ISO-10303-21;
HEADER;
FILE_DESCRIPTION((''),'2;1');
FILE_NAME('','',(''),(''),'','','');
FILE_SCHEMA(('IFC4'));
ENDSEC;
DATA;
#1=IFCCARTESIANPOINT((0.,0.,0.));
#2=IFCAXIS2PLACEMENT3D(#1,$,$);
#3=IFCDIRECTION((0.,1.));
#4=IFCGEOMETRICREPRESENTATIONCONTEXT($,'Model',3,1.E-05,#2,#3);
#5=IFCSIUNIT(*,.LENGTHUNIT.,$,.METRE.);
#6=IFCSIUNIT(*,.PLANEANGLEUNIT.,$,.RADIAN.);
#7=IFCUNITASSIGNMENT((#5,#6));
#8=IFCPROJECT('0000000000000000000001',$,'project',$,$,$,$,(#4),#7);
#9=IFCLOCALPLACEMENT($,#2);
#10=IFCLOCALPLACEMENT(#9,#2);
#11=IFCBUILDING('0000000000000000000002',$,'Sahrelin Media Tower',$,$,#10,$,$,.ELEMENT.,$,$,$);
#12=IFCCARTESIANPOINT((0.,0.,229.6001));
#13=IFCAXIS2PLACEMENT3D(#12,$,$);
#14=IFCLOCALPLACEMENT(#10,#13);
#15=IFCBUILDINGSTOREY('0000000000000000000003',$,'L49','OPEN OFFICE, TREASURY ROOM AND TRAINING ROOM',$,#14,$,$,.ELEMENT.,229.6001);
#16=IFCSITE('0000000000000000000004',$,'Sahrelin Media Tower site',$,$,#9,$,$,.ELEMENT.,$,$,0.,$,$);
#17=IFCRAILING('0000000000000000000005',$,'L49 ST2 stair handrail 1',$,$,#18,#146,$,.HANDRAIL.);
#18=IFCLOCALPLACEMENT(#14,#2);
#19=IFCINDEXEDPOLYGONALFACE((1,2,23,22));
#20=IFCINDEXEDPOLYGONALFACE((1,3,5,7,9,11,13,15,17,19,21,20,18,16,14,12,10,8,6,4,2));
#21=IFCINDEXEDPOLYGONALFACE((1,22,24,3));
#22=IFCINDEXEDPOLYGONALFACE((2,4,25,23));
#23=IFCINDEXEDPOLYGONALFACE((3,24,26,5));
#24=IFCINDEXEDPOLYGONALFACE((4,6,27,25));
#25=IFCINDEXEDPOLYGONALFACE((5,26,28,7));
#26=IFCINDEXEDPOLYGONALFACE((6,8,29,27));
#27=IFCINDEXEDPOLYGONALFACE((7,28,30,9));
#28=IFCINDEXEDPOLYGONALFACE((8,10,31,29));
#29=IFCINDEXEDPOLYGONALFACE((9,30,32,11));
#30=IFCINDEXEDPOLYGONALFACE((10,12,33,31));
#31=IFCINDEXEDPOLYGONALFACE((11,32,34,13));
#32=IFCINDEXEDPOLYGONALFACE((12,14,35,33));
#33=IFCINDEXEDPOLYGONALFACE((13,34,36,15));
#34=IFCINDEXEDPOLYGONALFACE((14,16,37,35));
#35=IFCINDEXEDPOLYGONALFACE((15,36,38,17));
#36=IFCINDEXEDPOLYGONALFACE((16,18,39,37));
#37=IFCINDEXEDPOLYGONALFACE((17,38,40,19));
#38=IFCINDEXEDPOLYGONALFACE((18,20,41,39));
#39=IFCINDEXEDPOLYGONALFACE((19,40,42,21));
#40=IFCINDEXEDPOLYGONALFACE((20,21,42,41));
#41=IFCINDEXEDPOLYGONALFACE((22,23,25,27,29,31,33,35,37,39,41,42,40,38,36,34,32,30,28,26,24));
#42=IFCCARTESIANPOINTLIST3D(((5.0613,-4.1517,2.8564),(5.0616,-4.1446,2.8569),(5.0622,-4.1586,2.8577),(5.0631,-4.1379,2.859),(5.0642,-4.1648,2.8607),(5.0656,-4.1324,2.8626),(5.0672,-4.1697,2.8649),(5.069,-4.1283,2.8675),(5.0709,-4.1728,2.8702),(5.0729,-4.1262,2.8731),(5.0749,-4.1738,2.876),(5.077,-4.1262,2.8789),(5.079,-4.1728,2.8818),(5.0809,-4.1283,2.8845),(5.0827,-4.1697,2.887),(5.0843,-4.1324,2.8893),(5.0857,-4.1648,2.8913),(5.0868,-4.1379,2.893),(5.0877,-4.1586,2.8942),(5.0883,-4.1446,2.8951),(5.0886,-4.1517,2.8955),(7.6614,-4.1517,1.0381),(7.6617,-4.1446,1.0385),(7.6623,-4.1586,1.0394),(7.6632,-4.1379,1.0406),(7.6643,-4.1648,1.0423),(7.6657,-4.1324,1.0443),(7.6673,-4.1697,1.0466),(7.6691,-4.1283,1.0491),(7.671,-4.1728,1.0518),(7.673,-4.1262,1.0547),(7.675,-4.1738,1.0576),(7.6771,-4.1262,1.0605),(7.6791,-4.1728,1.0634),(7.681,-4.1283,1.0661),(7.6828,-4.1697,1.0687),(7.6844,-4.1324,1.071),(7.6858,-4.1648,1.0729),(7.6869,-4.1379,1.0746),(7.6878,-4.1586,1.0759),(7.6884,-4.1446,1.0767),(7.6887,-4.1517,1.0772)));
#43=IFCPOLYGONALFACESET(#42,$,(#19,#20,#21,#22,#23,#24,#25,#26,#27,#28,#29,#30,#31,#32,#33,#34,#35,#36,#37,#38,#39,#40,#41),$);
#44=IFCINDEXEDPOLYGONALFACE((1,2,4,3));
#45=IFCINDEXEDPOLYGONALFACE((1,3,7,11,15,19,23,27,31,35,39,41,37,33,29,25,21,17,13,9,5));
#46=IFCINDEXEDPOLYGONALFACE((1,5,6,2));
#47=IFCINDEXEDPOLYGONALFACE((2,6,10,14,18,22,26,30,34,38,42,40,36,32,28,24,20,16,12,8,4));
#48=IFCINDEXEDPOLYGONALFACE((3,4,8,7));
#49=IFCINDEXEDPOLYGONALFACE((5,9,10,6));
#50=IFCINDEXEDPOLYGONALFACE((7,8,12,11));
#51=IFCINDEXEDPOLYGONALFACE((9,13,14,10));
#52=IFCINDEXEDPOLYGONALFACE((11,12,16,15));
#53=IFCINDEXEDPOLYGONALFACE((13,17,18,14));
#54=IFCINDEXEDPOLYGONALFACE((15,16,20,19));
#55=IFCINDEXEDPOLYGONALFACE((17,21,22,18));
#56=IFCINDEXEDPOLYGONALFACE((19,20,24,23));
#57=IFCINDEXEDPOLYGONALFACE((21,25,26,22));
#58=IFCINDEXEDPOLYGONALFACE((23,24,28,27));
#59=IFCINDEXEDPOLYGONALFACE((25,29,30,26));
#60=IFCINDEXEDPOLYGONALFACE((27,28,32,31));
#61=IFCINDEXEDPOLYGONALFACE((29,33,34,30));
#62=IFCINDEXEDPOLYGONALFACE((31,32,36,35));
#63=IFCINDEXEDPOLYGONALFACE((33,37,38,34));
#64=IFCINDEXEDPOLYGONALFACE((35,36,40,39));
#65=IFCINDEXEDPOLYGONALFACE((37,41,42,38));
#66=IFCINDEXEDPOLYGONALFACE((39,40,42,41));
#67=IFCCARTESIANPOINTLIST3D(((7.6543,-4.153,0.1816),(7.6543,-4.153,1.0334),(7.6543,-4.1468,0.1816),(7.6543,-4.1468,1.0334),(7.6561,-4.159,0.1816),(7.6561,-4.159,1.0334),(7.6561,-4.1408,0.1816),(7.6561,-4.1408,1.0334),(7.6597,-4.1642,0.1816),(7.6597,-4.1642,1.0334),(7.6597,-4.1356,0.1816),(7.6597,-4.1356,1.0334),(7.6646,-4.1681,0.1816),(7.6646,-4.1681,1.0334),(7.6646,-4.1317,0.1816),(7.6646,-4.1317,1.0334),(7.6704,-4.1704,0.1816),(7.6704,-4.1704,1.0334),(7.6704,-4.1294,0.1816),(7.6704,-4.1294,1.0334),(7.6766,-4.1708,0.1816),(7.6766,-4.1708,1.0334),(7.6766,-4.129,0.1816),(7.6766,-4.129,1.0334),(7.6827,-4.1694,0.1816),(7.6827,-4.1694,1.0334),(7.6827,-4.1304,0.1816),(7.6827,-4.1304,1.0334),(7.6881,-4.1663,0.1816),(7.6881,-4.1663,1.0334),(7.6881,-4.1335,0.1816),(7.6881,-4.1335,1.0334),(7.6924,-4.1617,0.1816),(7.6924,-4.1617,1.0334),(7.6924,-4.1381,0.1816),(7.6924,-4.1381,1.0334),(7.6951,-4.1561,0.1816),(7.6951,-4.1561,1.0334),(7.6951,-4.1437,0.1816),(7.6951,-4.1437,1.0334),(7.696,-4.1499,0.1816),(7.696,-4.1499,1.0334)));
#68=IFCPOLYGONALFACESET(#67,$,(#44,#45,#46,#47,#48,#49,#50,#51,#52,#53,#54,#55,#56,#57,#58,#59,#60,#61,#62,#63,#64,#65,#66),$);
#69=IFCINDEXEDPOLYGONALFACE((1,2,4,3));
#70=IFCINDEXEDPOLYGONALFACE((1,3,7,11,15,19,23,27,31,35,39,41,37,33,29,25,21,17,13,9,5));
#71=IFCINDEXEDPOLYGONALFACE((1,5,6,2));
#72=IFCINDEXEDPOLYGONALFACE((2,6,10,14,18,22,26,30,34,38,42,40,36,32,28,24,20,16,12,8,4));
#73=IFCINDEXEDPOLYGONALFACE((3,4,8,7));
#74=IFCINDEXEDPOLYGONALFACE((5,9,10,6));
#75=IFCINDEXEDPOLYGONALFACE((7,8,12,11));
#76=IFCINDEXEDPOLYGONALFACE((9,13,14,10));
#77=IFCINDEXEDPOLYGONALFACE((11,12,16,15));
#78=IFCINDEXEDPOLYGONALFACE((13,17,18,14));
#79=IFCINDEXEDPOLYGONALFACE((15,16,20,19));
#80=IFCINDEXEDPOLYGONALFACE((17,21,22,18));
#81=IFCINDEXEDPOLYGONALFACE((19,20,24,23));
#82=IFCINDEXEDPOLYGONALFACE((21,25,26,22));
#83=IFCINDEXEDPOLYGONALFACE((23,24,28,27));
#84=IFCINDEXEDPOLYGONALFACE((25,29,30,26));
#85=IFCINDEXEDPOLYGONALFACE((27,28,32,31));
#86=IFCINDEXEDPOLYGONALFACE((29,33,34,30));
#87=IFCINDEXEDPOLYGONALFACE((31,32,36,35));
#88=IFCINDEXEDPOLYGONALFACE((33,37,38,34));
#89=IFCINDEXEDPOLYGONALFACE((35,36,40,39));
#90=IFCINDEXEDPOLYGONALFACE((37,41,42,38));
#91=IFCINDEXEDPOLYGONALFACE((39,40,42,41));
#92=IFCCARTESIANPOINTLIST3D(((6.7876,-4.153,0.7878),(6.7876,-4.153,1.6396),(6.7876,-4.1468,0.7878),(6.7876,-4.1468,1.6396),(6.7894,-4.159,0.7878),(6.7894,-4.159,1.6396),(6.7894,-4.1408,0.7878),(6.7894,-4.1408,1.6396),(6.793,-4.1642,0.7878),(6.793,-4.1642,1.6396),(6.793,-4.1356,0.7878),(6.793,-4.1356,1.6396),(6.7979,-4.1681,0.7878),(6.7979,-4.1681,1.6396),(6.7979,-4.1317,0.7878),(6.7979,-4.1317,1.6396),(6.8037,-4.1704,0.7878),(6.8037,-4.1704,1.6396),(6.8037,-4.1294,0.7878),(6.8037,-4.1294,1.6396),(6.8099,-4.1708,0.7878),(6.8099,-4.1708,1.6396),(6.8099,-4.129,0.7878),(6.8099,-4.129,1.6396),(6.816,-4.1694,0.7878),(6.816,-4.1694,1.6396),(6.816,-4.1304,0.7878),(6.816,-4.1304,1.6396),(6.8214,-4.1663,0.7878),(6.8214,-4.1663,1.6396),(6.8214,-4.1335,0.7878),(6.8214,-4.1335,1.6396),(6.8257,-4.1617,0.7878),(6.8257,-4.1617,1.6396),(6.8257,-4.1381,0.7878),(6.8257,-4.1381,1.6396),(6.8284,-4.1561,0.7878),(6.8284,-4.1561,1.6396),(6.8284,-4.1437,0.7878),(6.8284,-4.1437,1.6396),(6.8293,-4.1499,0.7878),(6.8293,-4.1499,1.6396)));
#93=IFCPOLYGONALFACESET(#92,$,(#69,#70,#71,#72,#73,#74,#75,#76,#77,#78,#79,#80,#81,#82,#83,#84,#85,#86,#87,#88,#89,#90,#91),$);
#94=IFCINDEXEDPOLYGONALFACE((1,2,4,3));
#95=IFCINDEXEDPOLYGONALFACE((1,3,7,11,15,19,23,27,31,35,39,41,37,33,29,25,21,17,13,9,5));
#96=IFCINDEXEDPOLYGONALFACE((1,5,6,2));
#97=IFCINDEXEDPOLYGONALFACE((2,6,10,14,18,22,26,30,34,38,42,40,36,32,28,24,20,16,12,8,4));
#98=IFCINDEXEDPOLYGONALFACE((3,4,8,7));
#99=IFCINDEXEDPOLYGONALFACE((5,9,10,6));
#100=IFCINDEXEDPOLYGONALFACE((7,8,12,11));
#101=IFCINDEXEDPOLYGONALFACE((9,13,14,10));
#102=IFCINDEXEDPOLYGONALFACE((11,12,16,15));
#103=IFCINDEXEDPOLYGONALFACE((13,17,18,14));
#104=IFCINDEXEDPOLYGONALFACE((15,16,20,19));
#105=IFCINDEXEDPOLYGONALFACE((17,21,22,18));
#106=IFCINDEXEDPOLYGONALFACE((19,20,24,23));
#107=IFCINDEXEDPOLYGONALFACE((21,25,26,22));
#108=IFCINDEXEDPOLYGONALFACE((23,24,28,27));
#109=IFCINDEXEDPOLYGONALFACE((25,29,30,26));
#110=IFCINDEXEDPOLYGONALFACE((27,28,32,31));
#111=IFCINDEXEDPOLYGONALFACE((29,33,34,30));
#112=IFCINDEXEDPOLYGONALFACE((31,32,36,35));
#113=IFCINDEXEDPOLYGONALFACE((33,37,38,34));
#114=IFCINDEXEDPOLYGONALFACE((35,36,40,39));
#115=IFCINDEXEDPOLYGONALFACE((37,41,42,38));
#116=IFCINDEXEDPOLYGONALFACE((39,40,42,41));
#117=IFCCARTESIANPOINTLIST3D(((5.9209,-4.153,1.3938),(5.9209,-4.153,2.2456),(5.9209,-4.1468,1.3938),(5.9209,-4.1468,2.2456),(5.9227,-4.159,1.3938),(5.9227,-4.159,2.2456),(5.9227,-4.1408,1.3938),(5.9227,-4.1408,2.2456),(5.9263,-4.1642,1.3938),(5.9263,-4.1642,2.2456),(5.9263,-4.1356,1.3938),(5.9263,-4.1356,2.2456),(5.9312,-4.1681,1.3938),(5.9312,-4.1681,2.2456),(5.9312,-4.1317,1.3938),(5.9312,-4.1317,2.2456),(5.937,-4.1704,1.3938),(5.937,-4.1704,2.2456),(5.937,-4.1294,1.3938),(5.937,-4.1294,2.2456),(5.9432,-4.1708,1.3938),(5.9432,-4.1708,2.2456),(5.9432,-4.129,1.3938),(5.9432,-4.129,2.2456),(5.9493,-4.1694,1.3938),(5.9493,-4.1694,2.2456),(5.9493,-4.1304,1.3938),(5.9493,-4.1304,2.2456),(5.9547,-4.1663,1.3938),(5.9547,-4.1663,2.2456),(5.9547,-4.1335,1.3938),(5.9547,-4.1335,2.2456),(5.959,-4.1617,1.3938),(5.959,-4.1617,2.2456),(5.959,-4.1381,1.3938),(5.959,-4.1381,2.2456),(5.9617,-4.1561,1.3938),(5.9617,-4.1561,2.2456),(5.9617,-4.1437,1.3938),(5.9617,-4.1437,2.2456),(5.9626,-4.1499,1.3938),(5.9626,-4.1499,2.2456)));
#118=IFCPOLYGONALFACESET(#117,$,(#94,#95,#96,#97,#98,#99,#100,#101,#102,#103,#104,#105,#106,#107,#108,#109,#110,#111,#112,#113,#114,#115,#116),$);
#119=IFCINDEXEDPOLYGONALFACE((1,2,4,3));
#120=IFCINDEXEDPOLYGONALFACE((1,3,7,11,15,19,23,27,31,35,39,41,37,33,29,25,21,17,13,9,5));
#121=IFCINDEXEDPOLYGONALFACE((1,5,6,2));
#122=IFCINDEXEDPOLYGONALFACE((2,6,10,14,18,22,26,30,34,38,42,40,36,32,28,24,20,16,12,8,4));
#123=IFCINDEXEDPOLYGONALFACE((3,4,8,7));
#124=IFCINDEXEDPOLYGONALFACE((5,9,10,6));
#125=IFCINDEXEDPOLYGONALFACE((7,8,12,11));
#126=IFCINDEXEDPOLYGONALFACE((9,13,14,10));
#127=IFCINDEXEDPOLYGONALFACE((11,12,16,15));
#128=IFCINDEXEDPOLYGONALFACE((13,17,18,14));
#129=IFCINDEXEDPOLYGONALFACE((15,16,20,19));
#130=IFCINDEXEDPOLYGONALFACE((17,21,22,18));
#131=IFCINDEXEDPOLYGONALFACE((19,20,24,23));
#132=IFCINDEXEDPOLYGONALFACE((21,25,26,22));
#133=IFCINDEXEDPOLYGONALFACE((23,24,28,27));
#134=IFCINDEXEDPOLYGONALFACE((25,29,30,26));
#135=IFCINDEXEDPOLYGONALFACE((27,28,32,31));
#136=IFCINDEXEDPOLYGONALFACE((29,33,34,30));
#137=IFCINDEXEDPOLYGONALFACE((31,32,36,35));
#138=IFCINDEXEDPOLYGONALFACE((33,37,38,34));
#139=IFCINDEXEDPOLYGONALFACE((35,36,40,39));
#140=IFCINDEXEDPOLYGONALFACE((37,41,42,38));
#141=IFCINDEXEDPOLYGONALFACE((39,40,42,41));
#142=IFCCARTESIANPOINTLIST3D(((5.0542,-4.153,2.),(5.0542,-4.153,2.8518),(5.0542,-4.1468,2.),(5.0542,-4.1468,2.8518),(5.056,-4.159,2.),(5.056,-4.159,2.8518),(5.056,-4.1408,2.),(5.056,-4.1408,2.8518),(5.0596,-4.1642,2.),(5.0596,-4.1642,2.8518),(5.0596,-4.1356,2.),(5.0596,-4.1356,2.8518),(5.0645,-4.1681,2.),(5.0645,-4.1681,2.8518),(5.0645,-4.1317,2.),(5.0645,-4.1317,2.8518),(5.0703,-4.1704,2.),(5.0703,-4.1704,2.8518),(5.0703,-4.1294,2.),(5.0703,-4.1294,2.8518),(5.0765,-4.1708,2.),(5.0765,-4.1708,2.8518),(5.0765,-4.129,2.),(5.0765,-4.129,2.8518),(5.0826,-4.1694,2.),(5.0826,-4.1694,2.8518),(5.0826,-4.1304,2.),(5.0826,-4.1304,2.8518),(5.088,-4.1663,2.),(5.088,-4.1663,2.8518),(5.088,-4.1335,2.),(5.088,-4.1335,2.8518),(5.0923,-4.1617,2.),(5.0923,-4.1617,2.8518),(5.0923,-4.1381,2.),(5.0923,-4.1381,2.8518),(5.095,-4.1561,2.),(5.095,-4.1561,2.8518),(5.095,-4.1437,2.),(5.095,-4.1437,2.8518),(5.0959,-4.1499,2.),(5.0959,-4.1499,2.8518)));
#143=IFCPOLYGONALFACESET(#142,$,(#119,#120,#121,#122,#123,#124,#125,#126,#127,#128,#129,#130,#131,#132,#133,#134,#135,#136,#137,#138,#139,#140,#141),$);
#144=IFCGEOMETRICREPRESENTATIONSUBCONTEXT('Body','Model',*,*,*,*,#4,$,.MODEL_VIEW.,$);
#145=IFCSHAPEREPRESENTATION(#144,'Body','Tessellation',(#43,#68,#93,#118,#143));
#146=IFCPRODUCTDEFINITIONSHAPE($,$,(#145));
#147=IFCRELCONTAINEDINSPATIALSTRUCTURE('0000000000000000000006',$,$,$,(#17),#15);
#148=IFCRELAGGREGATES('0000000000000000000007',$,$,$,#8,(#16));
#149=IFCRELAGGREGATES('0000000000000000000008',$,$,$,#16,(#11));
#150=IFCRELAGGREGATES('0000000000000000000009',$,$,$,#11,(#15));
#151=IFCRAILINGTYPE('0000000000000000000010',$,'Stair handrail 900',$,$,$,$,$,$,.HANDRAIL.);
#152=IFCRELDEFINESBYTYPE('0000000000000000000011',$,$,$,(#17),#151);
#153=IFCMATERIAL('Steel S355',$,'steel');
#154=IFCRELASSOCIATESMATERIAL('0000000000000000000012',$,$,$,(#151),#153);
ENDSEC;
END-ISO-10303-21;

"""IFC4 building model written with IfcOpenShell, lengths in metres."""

from ifc_helpers import new_model, si_unit, direction, frame, origin, origin_2d, place, context, subcontext, project, spatial, circle, extrude, material, type_object, element, save


model = new_model("IFC4")

# Units and contexts
model_context = context("Model", 3, precision=1e-05, world=origin(), true_north=direction((0.0, 1.0)))
body_context = subcontext(model_context, "Body", "Model", "MODEL_VIEW")
ifc_project = project(units=[si_unit("LENGTHUNIT", "METRE"), si_unit("PLANEANGLEUNIT", "RADIAN")], contexts=[model_context])

# Site, building, storey
site_placement = place(None, origin())
site = spatial("IfcSite", under=ifc_project, at=site_placement, Name="Sahrelin Media Tower site", CompositionType="ELEMENT", RefElevation=0.0)
building_placement = place(site_placement, origin())
building = spatial("IfcBuilding", under=site, at=building_placement, Name="Sahrelin Media Tower", CompositionType="ELEMENT")
storey_placement = place(building_placement, frame((0.0, 0.0, 229.6001)))
storey = spatial("IfcBuildingStorey", under=building, at=storey_placement, Name="L49", Description="OPEN OFFICE, TREASURY ROOM AND TRAINING ROOM", CompositionType="ELEMENT", Elevation=229.6001)

# Shared definitions
ifc_material_1 = material(Name="Steel S355", Category="steel")

# Railing
railing_type_1 = type_object("IfcRailingType", Name="Stair handrail 900", PredefinedType="HANDRAIL", material=ifc_material_1)
railing_1_placement = place(storey_placement, frame((7.675, -4.1499, 0.1816)))
element("IfcRailing", 1, at=railing_1_placement, inside=storey, type_object=railing_type_1, Name="L49 ST2 stair handrail 1", PredefinedType="HANDRAIL", context=body_context, shape_type="SweptSolid", body=[
    extrude(circle(Radius=0.0239, at=origin_2d()), frame((0.0, 0.0, 0.876), z_axis=(-0.819485, 0.0, 0.573101), x_axis=(0.0, -1.0, 0.0)), (0.0, 0.0, 1.0), 3.1729),
    extrude(circle(Radius=0.021, at=origin_2d()), origin(), (0.0, 0.0, 1.0), 0.8518),
    extrude(circle(Radius=0.021, at=origin_2d()), frame((-0.8667, 0.0, 0.6062)), (0.0, 0.0, 1.0), 0.8518),
    extrude(circle(Radius=0.021, at=origin_2d()), frame((-1.7334, 0.0, 1.2122)), (0.0, 0.0, 1.0), 0.8518),
    extrude(circle(Radius=0.021, at=origin_2d()), frame((-2.6001, 0.0, 1.8184)), (0.0, 0.0, 1.0), 0.8518),
])

save(model, "model.ifc")
